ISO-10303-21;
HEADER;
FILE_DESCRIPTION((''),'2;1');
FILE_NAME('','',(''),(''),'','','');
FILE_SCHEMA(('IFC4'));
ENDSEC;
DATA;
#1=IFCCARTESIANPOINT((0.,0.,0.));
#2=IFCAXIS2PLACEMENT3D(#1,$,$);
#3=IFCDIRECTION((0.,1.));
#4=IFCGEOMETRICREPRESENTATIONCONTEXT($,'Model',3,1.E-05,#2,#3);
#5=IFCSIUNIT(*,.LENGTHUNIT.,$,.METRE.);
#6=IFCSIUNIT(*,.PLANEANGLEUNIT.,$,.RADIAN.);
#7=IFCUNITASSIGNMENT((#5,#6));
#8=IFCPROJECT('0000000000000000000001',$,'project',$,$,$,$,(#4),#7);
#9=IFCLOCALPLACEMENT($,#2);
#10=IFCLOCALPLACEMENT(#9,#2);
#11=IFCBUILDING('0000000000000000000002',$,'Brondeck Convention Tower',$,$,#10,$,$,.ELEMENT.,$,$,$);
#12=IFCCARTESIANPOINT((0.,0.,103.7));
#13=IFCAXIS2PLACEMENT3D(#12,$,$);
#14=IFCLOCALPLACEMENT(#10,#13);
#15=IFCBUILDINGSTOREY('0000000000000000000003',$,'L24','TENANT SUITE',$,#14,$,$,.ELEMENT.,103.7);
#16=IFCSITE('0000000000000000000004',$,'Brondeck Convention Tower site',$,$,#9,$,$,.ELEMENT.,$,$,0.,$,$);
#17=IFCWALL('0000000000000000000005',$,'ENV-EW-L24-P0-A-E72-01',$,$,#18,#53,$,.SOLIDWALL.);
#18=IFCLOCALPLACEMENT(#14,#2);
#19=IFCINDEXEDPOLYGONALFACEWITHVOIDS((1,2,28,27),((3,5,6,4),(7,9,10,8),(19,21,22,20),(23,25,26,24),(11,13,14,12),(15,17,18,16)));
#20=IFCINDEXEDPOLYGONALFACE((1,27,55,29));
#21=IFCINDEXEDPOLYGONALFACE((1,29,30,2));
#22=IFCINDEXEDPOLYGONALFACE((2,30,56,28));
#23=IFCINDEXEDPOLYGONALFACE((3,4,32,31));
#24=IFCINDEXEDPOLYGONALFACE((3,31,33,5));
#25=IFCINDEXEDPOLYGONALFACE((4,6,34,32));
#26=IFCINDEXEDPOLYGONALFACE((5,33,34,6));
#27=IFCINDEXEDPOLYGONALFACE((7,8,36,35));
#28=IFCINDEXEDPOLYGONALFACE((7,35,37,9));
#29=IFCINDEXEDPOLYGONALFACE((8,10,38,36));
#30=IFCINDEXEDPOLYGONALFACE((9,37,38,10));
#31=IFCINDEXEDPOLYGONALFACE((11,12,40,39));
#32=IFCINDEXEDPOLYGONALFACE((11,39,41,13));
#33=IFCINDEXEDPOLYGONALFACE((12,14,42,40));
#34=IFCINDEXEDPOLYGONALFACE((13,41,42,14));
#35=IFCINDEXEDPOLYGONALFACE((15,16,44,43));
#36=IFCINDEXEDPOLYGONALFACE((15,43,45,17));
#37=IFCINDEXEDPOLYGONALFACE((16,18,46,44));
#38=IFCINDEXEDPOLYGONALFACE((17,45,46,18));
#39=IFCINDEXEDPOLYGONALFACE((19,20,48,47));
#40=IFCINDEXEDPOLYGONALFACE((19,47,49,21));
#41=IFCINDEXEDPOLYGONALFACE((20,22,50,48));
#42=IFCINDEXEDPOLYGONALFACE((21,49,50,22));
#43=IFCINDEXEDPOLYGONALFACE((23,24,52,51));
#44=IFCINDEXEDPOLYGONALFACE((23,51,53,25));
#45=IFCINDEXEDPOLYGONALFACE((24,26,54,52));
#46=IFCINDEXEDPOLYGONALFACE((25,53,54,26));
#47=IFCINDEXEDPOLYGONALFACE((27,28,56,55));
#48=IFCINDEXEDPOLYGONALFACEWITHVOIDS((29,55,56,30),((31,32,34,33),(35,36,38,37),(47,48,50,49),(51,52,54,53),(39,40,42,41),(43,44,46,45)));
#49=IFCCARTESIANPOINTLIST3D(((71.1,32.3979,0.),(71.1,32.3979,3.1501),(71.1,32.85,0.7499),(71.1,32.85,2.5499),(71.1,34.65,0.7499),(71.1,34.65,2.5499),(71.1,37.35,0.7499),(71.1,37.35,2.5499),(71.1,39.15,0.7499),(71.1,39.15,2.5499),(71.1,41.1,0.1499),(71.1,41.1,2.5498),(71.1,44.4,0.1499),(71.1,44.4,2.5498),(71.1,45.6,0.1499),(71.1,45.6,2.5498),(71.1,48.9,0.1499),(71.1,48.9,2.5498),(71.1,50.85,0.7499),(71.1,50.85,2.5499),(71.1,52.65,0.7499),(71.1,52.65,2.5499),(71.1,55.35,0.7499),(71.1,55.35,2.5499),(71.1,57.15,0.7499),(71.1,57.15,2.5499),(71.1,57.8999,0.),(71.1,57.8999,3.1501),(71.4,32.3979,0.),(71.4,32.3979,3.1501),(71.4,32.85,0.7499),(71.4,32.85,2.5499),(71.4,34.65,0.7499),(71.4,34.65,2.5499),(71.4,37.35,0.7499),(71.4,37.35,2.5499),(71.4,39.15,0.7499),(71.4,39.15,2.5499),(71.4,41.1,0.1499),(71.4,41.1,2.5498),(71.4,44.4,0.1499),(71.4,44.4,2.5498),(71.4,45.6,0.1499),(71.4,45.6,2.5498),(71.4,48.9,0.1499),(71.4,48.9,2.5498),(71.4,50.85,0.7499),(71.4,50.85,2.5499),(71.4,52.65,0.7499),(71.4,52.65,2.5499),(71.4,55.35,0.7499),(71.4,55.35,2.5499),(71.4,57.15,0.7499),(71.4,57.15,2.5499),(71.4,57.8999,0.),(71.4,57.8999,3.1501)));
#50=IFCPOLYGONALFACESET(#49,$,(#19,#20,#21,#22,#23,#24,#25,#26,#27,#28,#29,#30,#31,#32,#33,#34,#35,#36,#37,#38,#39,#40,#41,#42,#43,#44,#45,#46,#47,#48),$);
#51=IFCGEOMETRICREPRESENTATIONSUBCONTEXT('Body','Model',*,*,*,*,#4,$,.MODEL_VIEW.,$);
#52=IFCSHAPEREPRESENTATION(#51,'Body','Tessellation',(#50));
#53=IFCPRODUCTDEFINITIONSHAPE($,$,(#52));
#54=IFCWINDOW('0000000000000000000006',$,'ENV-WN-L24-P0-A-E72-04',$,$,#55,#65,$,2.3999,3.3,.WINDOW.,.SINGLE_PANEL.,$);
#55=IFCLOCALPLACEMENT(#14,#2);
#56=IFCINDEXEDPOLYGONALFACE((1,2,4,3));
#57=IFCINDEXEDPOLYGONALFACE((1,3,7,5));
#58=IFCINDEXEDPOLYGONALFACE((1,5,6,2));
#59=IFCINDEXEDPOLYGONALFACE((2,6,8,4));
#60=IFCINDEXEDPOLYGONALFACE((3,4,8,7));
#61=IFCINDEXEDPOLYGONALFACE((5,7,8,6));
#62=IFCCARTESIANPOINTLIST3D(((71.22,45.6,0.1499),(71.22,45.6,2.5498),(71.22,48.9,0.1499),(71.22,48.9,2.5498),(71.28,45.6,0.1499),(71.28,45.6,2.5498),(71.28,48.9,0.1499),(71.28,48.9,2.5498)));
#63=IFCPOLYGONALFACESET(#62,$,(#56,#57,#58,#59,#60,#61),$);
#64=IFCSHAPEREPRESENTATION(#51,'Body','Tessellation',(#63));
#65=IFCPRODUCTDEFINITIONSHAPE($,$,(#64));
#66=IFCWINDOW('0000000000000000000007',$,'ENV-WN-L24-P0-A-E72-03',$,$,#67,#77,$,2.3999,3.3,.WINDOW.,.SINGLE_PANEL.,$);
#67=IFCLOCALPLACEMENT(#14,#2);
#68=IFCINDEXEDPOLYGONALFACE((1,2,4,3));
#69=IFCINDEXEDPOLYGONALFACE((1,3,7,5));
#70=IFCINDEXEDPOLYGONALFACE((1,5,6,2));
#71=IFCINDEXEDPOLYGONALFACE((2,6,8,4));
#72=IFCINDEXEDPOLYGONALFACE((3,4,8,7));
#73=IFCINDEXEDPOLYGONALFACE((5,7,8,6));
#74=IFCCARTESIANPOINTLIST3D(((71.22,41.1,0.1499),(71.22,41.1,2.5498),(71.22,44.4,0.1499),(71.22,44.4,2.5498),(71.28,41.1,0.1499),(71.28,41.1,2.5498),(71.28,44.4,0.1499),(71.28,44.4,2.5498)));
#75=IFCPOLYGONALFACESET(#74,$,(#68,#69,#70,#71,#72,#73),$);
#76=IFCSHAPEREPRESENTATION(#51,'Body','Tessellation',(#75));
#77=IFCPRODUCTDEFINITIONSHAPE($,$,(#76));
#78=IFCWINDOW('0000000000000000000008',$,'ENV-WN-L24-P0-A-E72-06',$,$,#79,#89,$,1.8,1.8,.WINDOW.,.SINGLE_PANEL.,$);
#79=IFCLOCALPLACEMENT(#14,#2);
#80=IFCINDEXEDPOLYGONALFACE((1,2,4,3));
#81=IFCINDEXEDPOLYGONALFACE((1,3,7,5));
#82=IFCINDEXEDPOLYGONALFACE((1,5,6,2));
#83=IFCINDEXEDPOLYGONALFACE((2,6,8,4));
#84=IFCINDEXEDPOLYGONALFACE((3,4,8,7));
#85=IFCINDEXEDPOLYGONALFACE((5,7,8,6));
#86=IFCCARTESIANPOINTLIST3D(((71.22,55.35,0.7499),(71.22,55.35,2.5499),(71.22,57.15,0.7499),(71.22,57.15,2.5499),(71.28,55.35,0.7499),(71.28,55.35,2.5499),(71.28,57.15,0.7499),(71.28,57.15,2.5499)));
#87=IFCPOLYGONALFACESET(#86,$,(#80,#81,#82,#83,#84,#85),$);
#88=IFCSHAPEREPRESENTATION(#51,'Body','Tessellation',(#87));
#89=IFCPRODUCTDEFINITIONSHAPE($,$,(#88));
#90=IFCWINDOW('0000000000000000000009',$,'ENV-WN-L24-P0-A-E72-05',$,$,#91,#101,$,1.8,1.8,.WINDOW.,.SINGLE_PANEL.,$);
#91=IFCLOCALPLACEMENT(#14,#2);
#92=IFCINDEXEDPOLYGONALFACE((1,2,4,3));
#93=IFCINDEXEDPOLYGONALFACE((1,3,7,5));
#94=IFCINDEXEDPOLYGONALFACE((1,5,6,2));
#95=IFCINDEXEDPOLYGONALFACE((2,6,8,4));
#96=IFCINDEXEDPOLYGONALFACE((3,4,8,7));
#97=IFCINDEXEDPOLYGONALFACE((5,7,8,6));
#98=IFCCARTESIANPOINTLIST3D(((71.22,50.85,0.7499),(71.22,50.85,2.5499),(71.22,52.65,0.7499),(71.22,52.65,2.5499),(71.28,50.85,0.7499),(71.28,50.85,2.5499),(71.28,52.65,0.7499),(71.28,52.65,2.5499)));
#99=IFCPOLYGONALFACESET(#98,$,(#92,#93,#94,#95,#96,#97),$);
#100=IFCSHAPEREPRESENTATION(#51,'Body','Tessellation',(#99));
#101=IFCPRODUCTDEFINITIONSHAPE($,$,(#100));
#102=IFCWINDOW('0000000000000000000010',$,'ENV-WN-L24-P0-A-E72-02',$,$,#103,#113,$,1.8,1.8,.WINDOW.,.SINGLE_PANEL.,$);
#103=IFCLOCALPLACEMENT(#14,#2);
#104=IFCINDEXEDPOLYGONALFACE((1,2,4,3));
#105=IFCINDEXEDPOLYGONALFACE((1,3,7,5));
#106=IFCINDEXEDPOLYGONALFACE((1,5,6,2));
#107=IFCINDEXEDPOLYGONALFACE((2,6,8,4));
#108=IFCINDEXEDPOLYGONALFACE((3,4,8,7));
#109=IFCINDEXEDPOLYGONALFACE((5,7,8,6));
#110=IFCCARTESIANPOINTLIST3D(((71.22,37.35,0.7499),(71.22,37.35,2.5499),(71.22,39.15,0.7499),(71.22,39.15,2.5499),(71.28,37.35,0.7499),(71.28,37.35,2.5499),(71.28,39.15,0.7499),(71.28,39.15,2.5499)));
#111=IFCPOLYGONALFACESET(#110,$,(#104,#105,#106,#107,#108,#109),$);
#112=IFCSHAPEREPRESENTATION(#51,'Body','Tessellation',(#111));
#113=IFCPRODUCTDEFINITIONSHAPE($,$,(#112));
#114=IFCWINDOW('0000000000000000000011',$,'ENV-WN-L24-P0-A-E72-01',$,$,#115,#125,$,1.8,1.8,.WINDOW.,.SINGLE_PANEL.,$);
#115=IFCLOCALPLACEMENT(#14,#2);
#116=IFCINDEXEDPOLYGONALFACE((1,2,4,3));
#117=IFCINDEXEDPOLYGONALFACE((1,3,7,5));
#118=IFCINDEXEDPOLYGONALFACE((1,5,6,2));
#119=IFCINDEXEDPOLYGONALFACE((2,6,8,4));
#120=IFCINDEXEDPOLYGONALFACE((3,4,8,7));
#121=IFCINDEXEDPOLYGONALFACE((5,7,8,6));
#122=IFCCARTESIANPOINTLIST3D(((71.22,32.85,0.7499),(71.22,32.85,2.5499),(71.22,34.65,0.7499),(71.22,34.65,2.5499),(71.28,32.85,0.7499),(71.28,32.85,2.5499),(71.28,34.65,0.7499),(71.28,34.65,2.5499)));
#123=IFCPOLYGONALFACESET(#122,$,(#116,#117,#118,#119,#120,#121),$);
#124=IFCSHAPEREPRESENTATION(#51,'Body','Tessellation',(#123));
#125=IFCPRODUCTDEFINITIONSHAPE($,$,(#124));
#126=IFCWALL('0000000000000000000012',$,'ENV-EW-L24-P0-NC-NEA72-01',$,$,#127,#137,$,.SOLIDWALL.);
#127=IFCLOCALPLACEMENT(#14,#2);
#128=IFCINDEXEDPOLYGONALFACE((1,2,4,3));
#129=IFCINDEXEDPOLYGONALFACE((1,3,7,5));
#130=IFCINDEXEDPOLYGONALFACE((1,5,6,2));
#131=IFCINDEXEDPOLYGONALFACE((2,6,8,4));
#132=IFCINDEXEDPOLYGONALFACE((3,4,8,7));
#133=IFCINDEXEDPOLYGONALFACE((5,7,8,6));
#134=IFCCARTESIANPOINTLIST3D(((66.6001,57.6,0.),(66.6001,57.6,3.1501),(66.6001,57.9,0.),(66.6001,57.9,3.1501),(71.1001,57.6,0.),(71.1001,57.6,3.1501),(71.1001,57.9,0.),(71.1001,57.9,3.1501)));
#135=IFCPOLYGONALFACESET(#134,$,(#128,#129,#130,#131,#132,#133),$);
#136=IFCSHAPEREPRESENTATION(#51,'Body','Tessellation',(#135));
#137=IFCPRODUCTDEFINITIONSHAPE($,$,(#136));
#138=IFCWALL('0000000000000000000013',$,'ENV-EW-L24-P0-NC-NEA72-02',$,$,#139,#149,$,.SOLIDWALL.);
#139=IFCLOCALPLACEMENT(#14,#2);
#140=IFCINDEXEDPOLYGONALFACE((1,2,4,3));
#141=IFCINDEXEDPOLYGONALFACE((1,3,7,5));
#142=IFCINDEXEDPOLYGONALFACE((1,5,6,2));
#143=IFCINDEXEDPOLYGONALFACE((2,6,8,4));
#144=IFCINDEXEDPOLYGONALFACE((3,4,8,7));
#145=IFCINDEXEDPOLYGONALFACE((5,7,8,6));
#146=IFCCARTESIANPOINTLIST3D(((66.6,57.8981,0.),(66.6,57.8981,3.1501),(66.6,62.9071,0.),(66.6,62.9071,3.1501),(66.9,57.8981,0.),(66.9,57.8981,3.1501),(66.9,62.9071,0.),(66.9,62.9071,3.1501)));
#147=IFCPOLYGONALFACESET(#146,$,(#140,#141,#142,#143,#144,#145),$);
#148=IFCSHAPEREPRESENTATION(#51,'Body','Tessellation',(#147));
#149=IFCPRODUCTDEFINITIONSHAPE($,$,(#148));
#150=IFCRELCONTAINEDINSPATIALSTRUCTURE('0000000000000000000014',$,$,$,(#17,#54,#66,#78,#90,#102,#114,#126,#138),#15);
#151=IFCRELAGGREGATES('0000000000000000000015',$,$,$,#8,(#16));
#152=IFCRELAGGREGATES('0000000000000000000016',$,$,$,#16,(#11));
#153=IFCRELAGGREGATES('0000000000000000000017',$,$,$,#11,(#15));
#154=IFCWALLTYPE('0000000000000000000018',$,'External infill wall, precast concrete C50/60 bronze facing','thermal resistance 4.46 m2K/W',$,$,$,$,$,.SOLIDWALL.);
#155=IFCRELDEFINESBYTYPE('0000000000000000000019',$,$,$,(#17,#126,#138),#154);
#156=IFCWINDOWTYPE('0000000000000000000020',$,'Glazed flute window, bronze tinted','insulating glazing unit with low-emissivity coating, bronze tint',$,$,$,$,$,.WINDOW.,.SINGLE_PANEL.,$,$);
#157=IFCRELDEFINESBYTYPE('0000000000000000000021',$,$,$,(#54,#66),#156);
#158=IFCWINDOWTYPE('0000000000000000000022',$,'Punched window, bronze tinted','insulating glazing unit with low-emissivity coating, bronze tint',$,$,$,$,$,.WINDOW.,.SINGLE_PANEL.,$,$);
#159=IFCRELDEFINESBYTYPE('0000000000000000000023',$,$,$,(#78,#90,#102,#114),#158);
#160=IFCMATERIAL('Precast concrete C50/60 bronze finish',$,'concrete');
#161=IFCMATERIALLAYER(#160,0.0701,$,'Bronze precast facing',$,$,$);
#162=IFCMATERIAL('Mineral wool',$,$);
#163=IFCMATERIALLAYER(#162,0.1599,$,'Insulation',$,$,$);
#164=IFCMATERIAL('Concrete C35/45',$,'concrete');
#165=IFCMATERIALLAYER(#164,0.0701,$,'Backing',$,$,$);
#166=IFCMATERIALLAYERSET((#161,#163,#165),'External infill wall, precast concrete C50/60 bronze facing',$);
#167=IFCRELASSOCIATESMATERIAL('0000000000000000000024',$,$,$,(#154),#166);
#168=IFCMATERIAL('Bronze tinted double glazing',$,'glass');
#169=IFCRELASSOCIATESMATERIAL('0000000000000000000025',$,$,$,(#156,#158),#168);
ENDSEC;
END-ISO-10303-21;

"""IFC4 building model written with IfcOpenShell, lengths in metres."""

from ifc_helpers import new_model, si_unit, direction, frame, frame_2d, origin, place, context, subcontext, project, spatial, rectangle, extrude, material, layer, layer_set, type_object, element, fill, save


model = new_model("IFC4")

# Units and contexts
model_context = context("Model", 3, precision=1e-05, world=origin(), true_north=direction((0.0, 1.0)))
body_context = subcontext(model_context, "Body", "Model", "MODEL_VIEW")
ifc_project = project(units=[si_unit("LENGTHUNIT", "METRE"), si_unit("PLANEANGLEUNIT", "RADIAN")], contexts=[model_context])

# Site, building, storey
site_placement = place(None, origin())
site = spatial("IfcSite", under=ifc_project, at=site_placement, Name="Brondeck Convention Tower site", CompositionType="ELEMENT", RefElevation=0.0)
building_placement = place(site_placement, origin())
building = spatial("IfcBuilding", under=site, at=building_placement, Name="Brondeck Convention Tower", CompositionType="ELEMENT")
storey_placement = place(building_placement, frame((0.0, 0.0, 103.7)))
storey = spatial("IfcBuildingStorey", under=building, at=storey_placement, Name="L24", Description="TENANT SUITE", CompositionType="ELEMENT", Elevation=103.7)

# Wall, openings, windows
ifc_material_1 = material(Name="Precast concrete C50/60 bronze finish", Category="concrete")
ifc_layer_1 = layer(ifc_material_1, 0.0701, Name="Bronze precast facing")
ifc_material_2 = material(Name="Mineral wool")
ifc_layer_2 = layer(ifc_material_2, 0.1599, Name="Insulation")
ifc_material_3 = material(Name="Concrete C35/45", Category="concrete")
ifc_layer_3 = layer(ifc_material_3, 0.0701, Name="Backing")
ifc_layer_set_1 = layer_set([ifc_layer_1, ifc_layer_2, ifc_layer_3], Name="External infill wall, precast concrete C50/60 bronze facing")
wall_type_1 = type_object("IfcWallType", Name="External infill wall, precast concrete C50/60 bronze facing", Description="thermal resistance 4.46 m2K/W", PredefinedType="SOLIDWALL", material=ifc_layer_set_1)
wall_1_placement = place(storey_placement, frame((71.25, 57.8999, 0.0), z_axis=(0.0, 0.0, 1.0), x_axis=(0.0, -1.0, 0.0)))
wall_1 = element("IfcWall", 1, at=wall_1_placement, inside=storey, type_object=wall_type_1, Name="ENV-EW-L24-P0-A-E72-01", PredefinedType="SOLIDWALL", context=body_context, shape_type="SweptSolid", body=[
    extrude(rectangle(XDim=25.502, YDim=0.3, at=frame_2d((12.751, 0.0))), origin(), (0.0, 0.0, 1.0), 3.1501),
])
opening_1_placement = place(wall_1_placement, frame((0.75, 0.0, 0.75)))
opening_1 = element("IfcOpeningElement", 2, at=opening_1_placement, cuts=wall_1, PredefinedType="OPENING", context=body_context, shape_type="SweptSolid", body=[
    extrude(rectangle(XDim=1.8, YDim=1.8, at=frame_2d((0.8999, 0.8999))), frame((0.0, 0.1599, 0.0), z_axis=(0.0, -1.0, 0.0), x_axis=(1.0, 0.0, 0.0)), (0.0, 0.0, 1.0), 0.3201),
])
opening_2_placement = place(wall_1_placement, frame((5.25, 0.0, 0.75)))
opening_2 = element("IfcOpeningElement", 3, at=opening_2_placement, cuts=wall_1, PredefinedType="OPENING", context=body_context, shape_type="SweptSolid", body=[
    extrude(rectangle(XDim=1.8, YDim=1.8, at=frame_2d((0.8999, 0.8999))), frame((0.0, 0.1599, 0.0), z_axis=(0.0, -1.0, 0.0), x_axis=(1.0, 0.0, 0.0)), (0.0, 0.0, 1.0), 0.3201),
])
opening_3_placement = place(wall_1_placement, frame((9.0, 0.0, 0.1499)))
opening_3 = element("IfcOpeningElement", 4, at=opening_3_placement, cuts=wall_1, PredefinedType="OPENING", context=body_context, shape_type="SweptSolid", body=[
    extrude(rectangle(XDim=3.3, YDim=2.3999, at=frame_2d((1.6499, 1.2))), frame((0.0, 0.1599, 0.0), z_axis=(0.0, -1.0, 0.0), x_axis=(1.0, 0.0, 0.0)), (0.0, 0.0, 1.0), 0.3201),
])
opening_4_placement = place(wall_1_placement, frame((13.5, 0.0, 0.1499)))
opening_4 = element("IfcOpeningElement", 5, at=opening_4_placement, cuts=wall_1, PredefinedType="OPENING", context=body_context, shape_type="SweptSolid", body=[
    extrude(rectangle(XDim=3.3, YDim=2.3999, at=frame_2d((1.6499, 1.2))), frame((0.0, 0.1599, 0.0), z_axis=(0.0, -1.0, 0.0), x_axis=(1.0, 0.0, 0.0)), (0.0, 0.0, 1.0), 0.3201),
])
opening_5_placement = place(wall_1_placement, frame((18.75, 0.0, 0.75)))
opening_5 = element("IfcOpeningElement", 6, at=opening_5_placement, cuts=wall_1, PredefinedType="OPENING", context=body_context, shape_type="SweptSolid", body=[
    extrude(rectangle(XDim=1.8, YDim=1.8, at=frame_2d((0.8999, 0.8999))), frame((0.0, 0.1599, 0.0), z_axis=(0.0, -1.0, 0.0), x_axis=(1.0, 0.0, 0.0)), (0.0, 0.0, 1.0), 0.3201),
])
opening_6_placement = place(wall_1_placement, frame((23.25, 0.0, 0.75)))
opening_6 = element("IfcOpeningElement", 7, at=opening_6_placement, cuts=wall_1, PredefinedType="OPENING", context=body_context, shape_type="SweptSolid", body=[
    extrude(rectangle(XDim=1.8, YDim=1.8, at=frame_2d((0.8999, 0.8999))), frame((0.0, 0.1599, 0.0), z_axis=(0.0, -1.0, 0.0), x_axis=(1.0, 0.0, 0.0)), (0.0, 0.0, 1.0), 0.3201),
])
ifc_material_4 = material(Name="Bronze tinted double glazing", Category="glass")
window_type_1 = type_object("IfcWindowType", Name="Glazed flute window, bronze tinted", Description="insulating glazing unit with low-emissivity coating, bronze tint", PartitioningType="SINGLE_PANEL", PredefinedType="WINDOW", material=ifc_material_4)
window_1_placement = place(opening_3_placement, origin())
window_1 = element("IfcWindow", 8, at=window_1_placement, inside=storey, type_object=window_type_1, Name="ENV-WN-L24-P0-A-E72-04", OverallHeight=2.3999, OverallWidth=3.3, PartitioningType="SINGLE_PANEL", PredefinedType="WINDOW", context=body_context, shape_type="SweptSolid", body=[
    extrude(rectangle(XDim=3.3, YDim=2.3999, at=frame_2d((1.6499, 1.2))), frame((0.0, 0.03, 0.0), z_axis=(0.0, -1.0, 0.0), x_axis=(1.0, 0.0, 0.0)), (0.0, 0.0, 1.0), 0.0601),
])
fill(opening_3, window_1)
window_2_placement = place(opening_4_placement, origin())
window_2 = element("IfcWindow", 9, at=window_2_placement, inside=storey, type_object=window_type_1, Name="ENV-WN-L24-P0-A-E72-03", OverallHeight=2.3999, OverallWidth=3.3, PartitioningType="SINGLE_PANEL", PredefinedType="WINDOW", context=body_context, shape_type="SweptSolid", body=[
    extrude(rectangle(XDim=3.3, YDim=2.3999, at=frame_2d((1.6499, 1.2))), frame((0.0, 0.03, 0.0), z_axis=(0.0, -1.0, 0.0), x_axis=(1.0, 0.0, 0.0)), (0.0, 0.0, 1.0), 0.0601),
])
fill(opening_4, window_2)
window_type_2 = type_object("IfcWindowType", Name="Punched window, bronze tinted", Description="insulating glazing unit with low-emissivity coating, bronze tint", PartitioningType="SINGLE_PANEL", PredefinedType="WINDOW", material=ifc_material_4)
window_3_placement = place(opening_1_placement, origin())
window_3 = element("IfcWindow", 10, at=window_3_placement, inside=storey, type_object=window_type_2, Name="ENV-WN-L24-P0-A-E72-06", OverallHeight=1.8, OverallWidth=1.8, PartitioningType="SINGLE_PANEL", PredefinedType="WINDOW", context=body_context, shape_type="SweptSolid", body=[
    extrude(rectangle(XDim=1.8, YDim=1.8, at=frame_2d((0.8999, 0.8999))), frame((0.0, 0.03, 0.0), z_axis=(0.0, -1.0, 0.0), x_axis=(1.0, 0.0, 0.0)), (0.0, 0.0, 1.0), 0.0601),
])
fill(opening_1, window_3)
window_4_placement = place(opening_2_placement, origin())
window_4 = element("IfcWindow", 11, at=window_4_placement, inside=storey, type_object=window_type_2, Name="ENV-WN-L24-P0-A-E72-05", OverallHeight=1.8, OverallWidth=1.8, PartitioningType="SINGLE_PANEL", PredefinedType="WINDOW", context=body_context, shape_type="SweptSolid", body=[
    extrude(rectangle(XDim=1.8, YDim=1.8, at=frame_2d((0.8999, 0.8999))), frame((0.0, 0.03, 0.0), z_axis=(0.0, -1.0, 0.0), x_axis=(1.0, 0.0, 0.0)), (0.0, 0.0, 1.0), 0.0601),
])
fill(opening_2, window_4)
window_5_placement = place(opening_5_placement, origin())
window_5 = element("IfcWindow", 12, at=window_5_placement, inside=storey, type_object=window_type_2, Name="ENV-WN-L24-P0-A-E72-02", OverallHeight=1.8, OverallWidth=1.8, PartitioningType="SINGLE_PANEL", PredefinedType="WINDOW", context=body_context, shape_type="SweptSolid", body=[
    extrude(rectangle(XDim=1.8, YDim=1.8, at=frame_2d((0.8999, 0.8999))), frame((0.0, 0.03, 0.0), z_axis=(0.0, -1.0, 0.0), x_axis=(1.0, 0.0, 0.0)), (0.0, 0.0, 1.0), 0.0601),
])
fill(opening_5, window_5)
window_6_placement = place(opening_6_placement, origin())
window_6 = element("IfcWindow", 13, at=window_6_placement, inside=storey, type_object=window_type_2, Name="ENV-WN-L24-P0-A-E72-01", OverallHeight=1.8, OverallWidth=1.8, PartitioningType="SINGLE_PANEL", PredefinedType="WINDOW", context=body_context, shape_type="SweptSolid", body=[
    extrude(rectangle(XDim=1.8, YDim=1.8, at=frame_2d((0.8999, 0.8999))), frame((0.0, 0.03, 0.0), z_axis=(0.0, -1.0, 0.0), x_axis=(1.0, 0.0, 0.0)), (0.0, 0.0, 1.0), 0.0601),
])
fill(opening_6, window_6)

# Walls
wall_2_placement = place(storey_placement, frame((66.6001, 57.75, 0.0), z_axis=(0.0, 0.0, 1.0), x_axis=(1.0, 0.0, 0.0)))
element("IfcWall", 14, at=wall_2_placement, inside=storey, type_object=wall_type_1, Name="ENV-EW-L24-P0-NC-NEA72-01", PredefinedType="SOLIDWALL", context=body_context, shape_type="SweptSolid", body=[
    extrude(rectangle(XDim=4.5, YDim=0.3, at=frame_2d((2.25, 0.0))), origin(), (0.0, 0.0, 1.0), 3.1501),
])
wall_3_placement = place(storey_placement, frame((66.75, 62.907, 0.0), z_axis=(0.0, 0.0, 1.0), x_axis=(0.0, -1.0, 0.0)))
element("IfcWall", 15, at=wall_3_placement, inside=storey, type_object=wall_type_1, Name="ENV-EW-L24-P0-NC-NEA72-02", PredefinedType="SOLIDWALL", context=body_context, shape_type="SweptSolid", body=[
    extrude(rectangle(XDim=5.009, YDim=0.3, at=frame_2d((2.5044, 0.0))), origin(), (0.0, 0.0, 1.0), 3.1501),
])

save(model, "model.ifc")
